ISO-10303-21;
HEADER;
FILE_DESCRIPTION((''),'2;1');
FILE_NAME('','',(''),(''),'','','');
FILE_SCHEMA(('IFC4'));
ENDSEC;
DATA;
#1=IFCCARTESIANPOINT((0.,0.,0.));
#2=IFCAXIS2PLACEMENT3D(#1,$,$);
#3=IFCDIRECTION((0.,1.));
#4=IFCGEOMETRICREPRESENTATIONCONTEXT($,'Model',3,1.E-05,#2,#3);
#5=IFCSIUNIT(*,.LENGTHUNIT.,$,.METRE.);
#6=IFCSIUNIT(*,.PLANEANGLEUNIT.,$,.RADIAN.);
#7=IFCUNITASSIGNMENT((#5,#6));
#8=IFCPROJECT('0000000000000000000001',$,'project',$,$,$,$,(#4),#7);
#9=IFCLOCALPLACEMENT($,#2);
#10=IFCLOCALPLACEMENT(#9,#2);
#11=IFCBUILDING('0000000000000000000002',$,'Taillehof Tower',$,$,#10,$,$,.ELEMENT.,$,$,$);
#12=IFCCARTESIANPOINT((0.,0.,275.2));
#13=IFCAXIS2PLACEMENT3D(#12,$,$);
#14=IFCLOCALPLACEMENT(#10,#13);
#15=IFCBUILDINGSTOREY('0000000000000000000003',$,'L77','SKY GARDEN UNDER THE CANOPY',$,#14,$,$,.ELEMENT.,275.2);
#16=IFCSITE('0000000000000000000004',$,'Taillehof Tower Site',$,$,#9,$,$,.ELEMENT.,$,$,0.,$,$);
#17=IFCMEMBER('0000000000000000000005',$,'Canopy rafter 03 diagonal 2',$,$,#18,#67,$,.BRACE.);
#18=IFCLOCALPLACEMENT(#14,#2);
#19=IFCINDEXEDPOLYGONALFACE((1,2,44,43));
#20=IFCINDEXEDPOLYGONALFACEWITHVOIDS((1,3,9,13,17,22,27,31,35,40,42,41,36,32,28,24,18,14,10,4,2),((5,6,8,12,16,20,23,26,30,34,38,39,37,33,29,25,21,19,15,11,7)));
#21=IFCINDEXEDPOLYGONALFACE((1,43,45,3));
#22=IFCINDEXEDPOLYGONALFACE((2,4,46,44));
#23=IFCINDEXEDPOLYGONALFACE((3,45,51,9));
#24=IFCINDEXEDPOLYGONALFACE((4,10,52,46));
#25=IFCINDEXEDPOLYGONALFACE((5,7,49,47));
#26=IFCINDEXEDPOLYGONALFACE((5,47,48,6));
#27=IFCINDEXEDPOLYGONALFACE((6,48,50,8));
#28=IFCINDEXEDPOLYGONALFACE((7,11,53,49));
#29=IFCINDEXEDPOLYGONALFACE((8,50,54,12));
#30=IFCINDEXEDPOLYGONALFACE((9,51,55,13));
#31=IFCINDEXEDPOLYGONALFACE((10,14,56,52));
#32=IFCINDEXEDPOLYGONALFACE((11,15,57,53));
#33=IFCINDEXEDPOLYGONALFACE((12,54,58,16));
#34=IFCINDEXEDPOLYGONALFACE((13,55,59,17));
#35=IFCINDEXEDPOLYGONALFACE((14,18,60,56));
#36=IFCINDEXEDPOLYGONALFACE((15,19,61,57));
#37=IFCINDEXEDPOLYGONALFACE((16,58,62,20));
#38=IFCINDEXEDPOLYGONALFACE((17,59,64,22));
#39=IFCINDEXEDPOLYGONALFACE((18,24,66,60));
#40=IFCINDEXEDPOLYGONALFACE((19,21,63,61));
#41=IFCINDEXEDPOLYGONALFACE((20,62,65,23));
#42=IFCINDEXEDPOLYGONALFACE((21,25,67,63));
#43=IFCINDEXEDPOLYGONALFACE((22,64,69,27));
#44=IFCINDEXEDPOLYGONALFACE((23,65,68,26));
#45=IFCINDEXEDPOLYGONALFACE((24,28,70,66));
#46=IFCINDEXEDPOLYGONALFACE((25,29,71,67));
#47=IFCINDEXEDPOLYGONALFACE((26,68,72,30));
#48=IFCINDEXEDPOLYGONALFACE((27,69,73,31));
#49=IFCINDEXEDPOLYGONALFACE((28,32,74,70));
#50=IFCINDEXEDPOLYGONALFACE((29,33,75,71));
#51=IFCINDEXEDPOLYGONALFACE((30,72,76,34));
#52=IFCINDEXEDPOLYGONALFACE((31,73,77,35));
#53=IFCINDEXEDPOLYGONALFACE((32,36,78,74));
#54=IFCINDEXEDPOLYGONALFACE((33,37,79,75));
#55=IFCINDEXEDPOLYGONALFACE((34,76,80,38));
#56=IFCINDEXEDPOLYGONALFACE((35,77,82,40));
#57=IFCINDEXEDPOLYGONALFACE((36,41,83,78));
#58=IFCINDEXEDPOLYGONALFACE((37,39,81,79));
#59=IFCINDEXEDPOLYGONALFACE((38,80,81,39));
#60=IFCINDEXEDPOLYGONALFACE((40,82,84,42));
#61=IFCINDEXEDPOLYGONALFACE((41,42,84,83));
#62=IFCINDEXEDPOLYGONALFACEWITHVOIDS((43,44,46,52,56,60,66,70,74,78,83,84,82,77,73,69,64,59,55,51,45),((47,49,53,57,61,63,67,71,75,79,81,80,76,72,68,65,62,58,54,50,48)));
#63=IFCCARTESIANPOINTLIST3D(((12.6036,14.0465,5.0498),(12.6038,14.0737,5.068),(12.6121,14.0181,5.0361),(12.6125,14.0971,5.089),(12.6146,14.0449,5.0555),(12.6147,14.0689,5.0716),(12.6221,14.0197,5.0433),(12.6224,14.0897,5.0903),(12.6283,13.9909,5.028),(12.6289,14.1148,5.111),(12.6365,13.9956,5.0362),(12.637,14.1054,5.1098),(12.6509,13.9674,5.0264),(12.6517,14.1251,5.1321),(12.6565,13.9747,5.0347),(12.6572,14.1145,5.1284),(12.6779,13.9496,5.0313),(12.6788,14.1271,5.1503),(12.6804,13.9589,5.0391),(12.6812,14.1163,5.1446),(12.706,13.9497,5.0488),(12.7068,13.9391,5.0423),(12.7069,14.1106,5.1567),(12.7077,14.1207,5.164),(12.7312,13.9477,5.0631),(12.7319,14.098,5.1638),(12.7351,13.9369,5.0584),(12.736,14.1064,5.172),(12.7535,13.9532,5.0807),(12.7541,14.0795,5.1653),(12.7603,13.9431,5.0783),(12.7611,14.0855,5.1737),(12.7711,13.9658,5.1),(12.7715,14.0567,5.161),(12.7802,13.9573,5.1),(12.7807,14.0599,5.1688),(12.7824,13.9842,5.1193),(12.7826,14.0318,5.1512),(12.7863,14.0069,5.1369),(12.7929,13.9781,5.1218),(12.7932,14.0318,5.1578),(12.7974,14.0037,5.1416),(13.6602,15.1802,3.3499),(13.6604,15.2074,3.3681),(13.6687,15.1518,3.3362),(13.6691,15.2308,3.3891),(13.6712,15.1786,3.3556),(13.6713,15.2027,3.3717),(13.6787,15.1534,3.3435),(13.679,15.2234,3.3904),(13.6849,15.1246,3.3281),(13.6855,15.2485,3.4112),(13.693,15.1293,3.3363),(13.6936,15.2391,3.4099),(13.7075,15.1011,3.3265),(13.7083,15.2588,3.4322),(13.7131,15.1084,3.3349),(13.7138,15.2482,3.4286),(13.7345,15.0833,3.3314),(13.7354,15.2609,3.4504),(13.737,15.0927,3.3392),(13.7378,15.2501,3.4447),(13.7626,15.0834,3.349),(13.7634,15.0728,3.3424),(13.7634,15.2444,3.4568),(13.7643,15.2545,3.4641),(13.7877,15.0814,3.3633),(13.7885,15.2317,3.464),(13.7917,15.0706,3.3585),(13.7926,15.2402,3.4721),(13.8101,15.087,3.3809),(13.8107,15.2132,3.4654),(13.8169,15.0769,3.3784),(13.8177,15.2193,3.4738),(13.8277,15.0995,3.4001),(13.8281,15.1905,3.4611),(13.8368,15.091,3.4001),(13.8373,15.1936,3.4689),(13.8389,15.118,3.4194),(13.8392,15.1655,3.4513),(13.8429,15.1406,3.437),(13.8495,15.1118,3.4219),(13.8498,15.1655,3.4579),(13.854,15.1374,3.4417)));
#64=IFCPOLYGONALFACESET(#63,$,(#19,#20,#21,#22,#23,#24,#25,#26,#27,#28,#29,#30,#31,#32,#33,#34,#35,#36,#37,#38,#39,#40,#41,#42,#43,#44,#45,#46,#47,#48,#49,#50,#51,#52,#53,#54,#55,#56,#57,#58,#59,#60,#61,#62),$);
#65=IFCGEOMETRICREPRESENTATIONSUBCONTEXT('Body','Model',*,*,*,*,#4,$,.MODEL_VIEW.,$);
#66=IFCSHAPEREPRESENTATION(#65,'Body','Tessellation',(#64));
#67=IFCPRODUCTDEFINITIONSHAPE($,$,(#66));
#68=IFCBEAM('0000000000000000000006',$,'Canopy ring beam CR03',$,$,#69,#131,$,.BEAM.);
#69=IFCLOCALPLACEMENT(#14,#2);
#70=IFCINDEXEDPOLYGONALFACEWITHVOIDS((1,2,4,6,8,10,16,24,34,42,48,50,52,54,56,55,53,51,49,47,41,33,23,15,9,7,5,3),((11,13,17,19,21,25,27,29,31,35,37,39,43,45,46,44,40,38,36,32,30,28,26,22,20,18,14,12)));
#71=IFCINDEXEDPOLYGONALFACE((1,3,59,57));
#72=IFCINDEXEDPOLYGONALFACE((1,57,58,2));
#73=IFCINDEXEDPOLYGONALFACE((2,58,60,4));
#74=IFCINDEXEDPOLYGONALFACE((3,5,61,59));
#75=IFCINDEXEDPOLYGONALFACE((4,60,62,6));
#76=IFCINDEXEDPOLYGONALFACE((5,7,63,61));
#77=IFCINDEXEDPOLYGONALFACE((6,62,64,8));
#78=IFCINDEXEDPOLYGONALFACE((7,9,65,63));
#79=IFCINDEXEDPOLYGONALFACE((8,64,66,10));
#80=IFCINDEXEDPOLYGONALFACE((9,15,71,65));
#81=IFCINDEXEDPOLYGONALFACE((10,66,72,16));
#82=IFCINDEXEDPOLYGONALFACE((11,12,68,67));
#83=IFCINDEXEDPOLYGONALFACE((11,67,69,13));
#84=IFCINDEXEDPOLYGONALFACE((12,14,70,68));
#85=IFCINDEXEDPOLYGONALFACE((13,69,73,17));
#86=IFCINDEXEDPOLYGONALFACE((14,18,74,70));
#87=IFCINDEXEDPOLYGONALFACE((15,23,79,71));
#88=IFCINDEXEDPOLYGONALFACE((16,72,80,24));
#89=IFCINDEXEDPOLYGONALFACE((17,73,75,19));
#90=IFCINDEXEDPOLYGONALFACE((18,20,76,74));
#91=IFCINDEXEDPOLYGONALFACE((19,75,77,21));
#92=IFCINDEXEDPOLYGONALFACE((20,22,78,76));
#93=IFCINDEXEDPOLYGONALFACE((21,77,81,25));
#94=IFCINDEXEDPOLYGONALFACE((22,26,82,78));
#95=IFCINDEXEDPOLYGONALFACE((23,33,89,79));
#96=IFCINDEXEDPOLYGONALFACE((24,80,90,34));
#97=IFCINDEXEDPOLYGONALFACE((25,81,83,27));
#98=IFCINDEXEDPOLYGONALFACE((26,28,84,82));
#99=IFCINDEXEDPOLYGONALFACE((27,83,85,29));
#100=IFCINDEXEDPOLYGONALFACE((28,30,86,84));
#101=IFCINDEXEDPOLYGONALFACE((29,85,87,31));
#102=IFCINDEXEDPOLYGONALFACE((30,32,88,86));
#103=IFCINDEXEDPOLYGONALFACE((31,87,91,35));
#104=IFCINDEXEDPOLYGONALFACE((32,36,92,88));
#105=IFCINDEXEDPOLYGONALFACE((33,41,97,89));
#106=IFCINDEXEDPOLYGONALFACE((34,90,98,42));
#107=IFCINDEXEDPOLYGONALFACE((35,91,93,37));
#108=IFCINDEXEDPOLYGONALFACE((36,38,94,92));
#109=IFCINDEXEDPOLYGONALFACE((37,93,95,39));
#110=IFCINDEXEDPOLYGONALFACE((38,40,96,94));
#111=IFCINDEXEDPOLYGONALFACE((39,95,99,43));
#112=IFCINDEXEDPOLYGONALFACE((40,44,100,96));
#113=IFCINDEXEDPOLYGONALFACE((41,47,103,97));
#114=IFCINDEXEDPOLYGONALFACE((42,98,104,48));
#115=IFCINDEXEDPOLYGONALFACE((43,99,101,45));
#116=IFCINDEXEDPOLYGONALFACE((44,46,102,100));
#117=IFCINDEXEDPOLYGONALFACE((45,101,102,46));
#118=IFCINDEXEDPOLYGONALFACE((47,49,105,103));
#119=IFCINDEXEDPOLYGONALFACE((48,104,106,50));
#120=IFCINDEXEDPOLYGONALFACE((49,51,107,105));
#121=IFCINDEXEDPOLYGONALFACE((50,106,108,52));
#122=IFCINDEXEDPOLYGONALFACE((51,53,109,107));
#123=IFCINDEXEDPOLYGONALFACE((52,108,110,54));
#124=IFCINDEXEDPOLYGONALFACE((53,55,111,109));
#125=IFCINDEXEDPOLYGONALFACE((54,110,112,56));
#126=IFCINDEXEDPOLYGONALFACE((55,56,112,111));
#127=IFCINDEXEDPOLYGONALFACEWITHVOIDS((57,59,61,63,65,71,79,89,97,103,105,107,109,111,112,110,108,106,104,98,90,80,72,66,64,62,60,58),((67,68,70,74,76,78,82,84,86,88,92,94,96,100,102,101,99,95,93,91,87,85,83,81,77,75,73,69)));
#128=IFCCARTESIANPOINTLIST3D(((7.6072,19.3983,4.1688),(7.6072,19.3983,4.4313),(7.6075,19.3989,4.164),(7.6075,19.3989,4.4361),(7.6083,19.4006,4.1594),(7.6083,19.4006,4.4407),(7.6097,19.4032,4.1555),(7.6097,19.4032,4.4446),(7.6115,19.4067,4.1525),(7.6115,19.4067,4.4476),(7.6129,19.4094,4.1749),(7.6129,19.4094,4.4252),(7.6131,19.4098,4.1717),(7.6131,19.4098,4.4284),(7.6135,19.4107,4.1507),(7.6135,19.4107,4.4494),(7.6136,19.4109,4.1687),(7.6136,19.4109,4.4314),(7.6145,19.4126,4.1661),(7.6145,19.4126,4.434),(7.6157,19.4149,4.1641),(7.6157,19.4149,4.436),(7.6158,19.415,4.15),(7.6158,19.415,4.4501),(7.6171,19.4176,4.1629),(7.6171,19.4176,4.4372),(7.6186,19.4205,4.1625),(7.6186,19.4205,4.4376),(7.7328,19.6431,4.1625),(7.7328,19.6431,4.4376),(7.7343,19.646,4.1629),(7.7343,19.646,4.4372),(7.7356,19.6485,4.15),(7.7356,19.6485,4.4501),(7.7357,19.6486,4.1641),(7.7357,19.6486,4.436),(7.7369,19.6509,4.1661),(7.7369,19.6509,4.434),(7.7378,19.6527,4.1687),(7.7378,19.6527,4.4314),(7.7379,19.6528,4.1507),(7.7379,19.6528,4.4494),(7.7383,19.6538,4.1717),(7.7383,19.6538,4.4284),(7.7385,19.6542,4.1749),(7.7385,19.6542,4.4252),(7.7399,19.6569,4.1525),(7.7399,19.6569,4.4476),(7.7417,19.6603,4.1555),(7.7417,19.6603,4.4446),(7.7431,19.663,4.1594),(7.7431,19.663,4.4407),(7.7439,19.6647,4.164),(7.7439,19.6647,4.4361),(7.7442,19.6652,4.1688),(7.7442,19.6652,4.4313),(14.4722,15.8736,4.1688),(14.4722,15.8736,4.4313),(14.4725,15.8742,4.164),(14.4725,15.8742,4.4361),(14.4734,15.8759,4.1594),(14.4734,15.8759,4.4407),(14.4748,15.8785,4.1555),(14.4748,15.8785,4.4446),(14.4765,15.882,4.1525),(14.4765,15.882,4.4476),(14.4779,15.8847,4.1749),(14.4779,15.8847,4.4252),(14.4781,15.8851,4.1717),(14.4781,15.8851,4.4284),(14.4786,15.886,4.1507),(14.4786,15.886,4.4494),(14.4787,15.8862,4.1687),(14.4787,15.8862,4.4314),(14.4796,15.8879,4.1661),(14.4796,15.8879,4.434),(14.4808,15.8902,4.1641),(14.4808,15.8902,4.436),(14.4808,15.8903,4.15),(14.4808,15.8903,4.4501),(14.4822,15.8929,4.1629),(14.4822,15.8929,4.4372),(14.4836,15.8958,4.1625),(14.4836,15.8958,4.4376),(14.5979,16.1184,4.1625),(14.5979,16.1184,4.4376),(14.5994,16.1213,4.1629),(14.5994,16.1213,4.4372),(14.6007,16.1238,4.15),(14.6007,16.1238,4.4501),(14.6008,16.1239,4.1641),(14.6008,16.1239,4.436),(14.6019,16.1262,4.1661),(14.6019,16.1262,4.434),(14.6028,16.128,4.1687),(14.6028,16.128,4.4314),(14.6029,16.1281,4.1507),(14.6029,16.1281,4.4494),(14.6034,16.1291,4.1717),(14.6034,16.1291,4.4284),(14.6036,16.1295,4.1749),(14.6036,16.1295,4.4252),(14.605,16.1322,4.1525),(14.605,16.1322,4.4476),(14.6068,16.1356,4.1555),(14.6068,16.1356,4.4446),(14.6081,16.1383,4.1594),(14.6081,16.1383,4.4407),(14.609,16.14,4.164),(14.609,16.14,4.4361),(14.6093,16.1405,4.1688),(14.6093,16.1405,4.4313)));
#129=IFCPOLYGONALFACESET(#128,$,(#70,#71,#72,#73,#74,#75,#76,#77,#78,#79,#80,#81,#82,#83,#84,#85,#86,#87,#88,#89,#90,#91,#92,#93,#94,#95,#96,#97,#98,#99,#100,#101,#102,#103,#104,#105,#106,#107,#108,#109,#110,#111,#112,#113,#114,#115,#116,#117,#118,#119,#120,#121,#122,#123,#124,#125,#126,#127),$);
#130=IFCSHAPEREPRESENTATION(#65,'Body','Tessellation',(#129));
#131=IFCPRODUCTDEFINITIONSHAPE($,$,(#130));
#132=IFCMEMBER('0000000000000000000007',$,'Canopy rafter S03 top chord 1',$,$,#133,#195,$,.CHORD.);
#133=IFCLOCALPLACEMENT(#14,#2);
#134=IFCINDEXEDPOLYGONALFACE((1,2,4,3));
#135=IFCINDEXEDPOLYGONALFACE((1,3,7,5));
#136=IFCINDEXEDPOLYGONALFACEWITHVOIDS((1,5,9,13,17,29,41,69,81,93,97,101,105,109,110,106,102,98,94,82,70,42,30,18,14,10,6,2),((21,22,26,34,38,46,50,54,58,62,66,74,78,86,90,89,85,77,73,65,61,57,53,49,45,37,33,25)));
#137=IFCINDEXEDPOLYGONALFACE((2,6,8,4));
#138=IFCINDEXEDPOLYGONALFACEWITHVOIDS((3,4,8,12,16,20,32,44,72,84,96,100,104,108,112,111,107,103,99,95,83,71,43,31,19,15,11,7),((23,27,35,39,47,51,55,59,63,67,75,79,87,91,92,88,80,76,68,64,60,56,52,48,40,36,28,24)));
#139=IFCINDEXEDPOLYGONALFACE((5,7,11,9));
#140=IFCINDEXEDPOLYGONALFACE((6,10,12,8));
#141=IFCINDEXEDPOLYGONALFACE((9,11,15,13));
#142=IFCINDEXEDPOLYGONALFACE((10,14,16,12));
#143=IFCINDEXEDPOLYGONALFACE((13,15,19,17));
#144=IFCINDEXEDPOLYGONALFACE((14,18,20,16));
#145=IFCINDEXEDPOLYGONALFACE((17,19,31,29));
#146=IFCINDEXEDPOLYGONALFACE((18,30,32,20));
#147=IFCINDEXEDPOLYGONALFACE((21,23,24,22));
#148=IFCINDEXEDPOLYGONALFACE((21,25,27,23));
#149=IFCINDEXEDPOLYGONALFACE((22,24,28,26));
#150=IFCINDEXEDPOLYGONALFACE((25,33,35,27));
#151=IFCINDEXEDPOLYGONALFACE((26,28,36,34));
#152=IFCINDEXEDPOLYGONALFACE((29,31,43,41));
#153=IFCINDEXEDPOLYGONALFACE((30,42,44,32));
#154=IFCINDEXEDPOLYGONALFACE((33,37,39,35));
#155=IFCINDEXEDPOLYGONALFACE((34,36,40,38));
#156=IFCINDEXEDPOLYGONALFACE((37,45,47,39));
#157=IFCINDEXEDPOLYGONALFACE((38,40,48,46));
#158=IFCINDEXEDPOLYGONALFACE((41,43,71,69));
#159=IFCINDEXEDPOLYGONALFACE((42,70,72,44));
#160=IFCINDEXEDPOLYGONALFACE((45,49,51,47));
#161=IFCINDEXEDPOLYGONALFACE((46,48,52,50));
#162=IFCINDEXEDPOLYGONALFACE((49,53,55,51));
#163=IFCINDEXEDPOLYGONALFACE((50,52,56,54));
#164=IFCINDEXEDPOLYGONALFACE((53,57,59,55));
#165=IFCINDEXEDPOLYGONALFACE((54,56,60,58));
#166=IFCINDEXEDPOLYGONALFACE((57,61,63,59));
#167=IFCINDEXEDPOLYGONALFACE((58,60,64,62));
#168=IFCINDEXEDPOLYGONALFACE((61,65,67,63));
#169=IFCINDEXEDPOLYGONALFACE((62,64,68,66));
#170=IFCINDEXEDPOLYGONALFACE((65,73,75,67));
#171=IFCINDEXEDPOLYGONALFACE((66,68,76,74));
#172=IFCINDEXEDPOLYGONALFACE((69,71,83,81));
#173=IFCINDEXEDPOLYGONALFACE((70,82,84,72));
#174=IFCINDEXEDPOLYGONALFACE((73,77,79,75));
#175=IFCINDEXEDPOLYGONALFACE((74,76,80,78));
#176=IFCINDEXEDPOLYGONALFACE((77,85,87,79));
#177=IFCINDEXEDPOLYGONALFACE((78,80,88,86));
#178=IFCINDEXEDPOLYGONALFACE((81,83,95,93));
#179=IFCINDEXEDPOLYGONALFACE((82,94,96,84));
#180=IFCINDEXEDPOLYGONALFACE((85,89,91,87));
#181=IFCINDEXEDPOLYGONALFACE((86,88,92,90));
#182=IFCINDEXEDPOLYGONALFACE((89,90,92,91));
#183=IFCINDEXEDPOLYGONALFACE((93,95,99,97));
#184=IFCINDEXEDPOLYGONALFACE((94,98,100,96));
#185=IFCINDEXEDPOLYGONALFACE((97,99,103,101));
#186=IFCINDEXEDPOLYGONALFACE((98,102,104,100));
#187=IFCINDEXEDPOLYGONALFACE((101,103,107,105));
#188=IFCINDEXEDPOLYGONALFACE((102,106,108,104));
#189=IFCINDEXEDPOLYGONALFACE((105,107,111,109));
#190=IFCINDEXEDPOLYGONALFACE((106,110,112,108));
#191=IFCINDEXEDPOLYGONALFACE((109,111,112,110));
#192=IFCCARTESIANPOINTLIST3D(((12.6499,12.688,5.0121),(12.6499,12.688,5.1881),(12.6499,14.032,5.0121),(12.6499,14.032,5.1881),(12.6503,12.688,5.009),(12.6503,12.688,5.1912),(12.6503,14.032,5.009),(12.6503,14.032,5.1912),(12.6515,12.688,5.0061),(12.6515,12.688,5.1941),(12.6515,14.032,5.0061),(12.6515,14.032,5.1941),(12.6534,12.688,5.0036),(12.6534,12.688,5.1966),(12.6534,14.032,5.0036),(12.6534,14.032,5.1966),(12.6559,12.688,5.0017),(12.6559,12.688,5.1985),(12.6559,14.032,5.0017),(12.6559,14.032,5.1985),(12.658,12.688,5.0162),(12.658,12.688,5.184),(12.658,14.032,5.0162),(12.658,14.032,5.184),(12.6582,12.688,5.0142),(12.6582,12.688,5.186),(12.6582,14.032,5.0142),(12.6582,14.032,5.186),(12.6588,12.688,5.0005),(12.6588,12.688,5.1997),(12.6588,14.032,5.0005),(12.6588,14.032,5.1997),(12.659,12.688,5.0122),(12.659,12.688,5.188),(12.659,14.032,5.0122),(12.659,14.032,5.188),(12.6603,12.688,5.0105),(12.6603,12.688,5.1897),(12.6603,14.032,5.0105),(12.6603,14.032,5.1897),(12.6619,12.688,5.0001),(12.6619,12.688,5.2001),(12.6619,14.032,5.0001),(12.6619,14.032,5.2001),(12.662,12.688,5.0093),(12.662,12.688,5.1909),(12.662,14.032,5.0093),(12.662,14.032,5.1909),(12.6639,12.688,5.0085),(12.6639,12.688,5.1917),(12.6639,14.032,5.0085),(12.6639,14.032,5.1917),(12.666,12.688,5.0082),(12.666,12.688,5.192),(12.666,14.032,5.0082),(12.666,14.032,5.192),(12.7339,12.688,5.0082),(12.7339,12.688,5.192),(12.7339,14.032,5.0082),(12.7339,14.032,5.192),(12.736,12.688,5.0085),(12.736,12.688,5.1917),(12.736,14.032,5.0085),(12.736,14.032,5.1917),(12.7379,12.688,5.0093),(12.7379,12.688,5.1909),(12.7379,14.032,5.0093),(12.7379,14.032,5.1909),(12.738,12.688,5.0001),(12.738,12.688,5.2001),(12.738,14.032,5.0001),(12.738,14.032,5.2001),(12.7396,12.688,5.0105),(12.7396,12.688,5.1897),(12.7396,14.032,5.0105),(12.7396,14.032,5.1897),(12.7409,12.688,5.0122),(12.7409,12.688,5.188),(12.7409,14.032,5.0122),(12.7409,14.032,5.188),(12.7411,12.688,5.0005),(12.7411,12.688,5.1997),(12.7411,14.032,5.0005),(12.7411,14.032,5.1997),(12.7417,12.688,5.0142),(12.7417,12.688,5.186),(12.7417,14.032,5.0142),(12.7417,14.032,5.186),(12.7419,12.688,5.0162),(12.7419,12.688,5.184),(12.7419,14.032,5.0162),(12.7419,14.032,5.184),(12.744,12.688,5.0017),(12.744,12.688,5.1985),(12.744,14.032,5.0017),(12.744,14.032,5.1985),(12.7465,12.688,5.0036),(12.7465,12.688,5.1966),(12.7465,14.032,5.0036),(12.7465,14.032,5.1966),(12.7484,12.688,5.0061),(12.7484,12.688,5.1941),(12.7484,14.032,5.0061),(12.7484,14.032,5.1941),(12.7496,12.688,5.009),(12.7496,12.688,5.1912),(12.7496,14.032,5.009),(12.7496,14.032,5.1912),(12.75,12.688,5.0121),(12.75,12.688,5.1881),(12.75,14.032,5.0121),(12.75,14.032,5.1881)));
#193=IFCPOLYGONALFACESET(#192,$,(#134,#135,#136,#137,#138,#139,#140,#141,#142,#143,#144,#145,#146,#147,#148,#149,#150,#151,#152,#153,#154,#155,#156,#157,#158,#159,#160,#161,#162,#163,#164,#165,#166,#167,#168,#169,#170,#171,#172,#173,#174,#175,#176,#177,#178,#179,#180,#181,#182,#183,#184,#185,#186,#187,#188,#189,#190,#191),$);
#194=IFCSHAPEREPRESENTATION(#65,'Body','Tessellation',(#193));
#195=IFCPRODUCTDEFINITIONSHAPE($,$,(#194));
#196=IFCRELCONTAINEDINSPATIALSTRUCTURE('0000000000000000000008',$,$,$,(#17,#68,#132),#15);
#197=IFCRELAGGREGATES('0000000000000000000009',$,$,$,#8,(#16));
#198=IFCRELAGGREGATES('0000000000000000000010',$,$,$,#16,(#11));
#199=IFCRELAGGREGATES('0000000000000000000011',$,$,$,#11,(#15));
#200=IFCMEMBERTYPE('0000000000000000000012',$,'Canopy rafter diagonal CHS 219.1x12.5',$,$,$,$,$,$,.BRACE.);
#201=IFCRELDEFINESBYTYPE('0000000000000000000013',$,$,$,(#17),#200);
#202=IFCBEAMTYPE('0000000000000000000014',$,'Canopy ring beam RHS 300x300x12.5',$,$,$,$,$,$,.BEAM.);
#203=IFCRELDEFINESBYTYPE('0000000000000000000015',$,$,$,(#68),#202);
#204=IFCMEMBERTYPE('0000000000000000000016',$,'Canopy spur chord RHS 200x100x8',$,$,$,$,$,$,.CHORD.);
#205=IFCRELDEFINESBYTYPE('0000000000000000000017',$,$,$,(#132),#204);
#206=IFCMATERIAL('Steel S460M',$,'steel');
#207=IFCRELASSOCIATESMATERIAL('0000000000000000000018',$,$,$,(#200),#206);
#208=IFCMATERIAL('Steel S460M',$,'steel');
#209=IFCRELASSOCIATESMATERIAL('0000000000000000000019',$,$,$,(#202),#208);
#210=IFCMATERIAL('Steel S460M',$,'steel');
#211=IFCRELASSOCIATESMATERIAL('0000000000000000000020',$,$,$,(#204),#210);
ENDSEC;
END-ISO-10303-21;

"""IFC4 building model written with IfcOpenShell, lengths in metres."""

from ifc_helpers import new_model, si_unit, direction, frame, origin, origin_2d, place, context, subcontext, project, spatial, hollow_rectangle, hollow_circle, extrude, material, material_profile, profile_set, type_object, element, save


model = new_model("IFC4")

# Units and contexts
model_context = context("Model", 3, precision=1e-05, world=origin(), true_north=direction((0.0, 1.0)))
body_context = subcontext(model_context, "Body", "Model", "MODEL_VIEW")
ifc_project = project(units=[si_unit("LENGTHUNIT", "METRE"), si_unit("PLANEANGLEUNIT", "RADIAN")], contexts=[model_context])

# Site, building, storey
site_placement = place(None, origin())
site = spatial("IfcSite", under=ifc_project, at=site_placement, Name="Taillehof Tower Site", CompositionType="ELEMENT", RefElevation=0.0)
building_placement = place(site_placement, origin())
building = spatial("IfcBuilding", under=site, at=building_placement, Name="Taillehof Tower", CompositionType="ELEMENT")
storey_placement = place(building_placement, frame((0.0, 0.0, 275.2)))
storey = spatial("IfcBuildingStorey", under=building, at=storey_placement, Name="L77", Description="SKY GARDEN UNDER THE CANOPY", CompositionType="ELEMENT", Elevation=275.2)

# Member
ifc_material_1 = material(Name="Steel S460M", Category="steel")
ifc_material_profile_1 = material_profile(ifc_material_1, hollow_circle(Radius=0.1096, WallThickness=0.0125, at=origin_2d()), Name="CHS 219.1x12.5")
ifc_profile_set_1 = profile_set([ifc_material_profile_1], Name="Steel S460M")
member_type_1 = type_object("IfcMemberType", Name="Canopy rafter diagonal CHS 219.1x12.5", PredefinedType="BRACE", material=ifc_profile_set_1)
member_1_placement = place(storey_placement, frame((13.7566, 15.1658, 3.4001), z_axis=(-0.459331, -0.492868, 0.738983), x_axis=(0.731558, -0.681779, 0.0)))
element("IfcMember", 1, at=member_1_placement, inside=storey, type_object=member_type_1, Name="Canopy rafter 03 diagonal 2", PredefinedType="BRACE", context=body_context, shape_type="SweptSolid", body=[
    extrude(hollow_circle(Radius=0.1096, WallThickness=0.0125, at=origin_2d()), origin(), (0.0, 0.0, 1.0), 2.3003),
])

# Beam
ifc_material_2 = material(Name="Steel S460M", Category="steel")
ifc_material_profile_2 = material_profile(ifc_material_2, hollow_rectangle(XDim=0.3, YDim=0.3, WallThickness=0.0125, InnerFilletRadius=0.0125, OuterFilletRadius=0.0188, at=origin_2d()), Name="RHS 300x300x12.5")
ifc_profile_set_2 = profile_set([ifc_material_profile_2], Name="Steel S460M")
beam_type_1 = type_object("IfcBeamType", Name="Canopy ring beam RHS 300x300x12.5", PredefinedType="BEAM", material=ifc_profile_set_2)
beam_1_placement = place(storey_placement, frame((14.5408, 16.0071, 4.3), z_axis=(-0.889599, 0.456742, 0.0), x_axis=(-0.456742, -0.889599, 0.0)))
element("IfcBeam", 2, at=beam_1_placement, inside=storey, type_object=beam_type_1, Name="Canopy ring beam CR03", PredefinedType="BEAM", context=body_context, shape_type="SweptSolid", body=[
    extrude(hollow_rectangle(XDim=0.3, YDim=0.3, WallThickness=0.0125, InnerFilletRadius=0.0125, OuterFilletRadius=0.0188, at=origin_2d()), origin(), (0.0, 0.0, 1.0), 7.717),
])

# Member
ifc_material_3 = material(Name="Steel S460M", Category="steel")
ifc_material_profile_3 = material_profile(ifc_material_3, hollow_rectangle(XDim=0.1001, YDim=0.2, WallThickness=0.0081, InnerFilletRadius=0.0081, OuterFilletRadius=0.012, at=origin_2d()), Name="RHS 200x100x8")
ifc_profile_set_3 = profile_set([ifc_material_profile_3], Name="Steel S460M")
member_type_2 = type_object("IfcMemberType", Name="Canopy spur chord RHS 200x100x8", PredefinedType="CHORD", material=ifc_profile_set_3)
for number, where, z_axis, x_axis, name in (
    (3, (12.7, 14.032, 5.1001), (0.0, -1.0, 0.0), (1.0, 0.0, 0.0), "Canopy rafter S03 top chord 1"),
):
    element("IfcMember", number, at=place(storey_placement, frame(where, z_axis=z_axis, x_axis=x_axis)), inside=storey, type_object=member_type_2, Name=name, PredefinedType="CHORD", context=body_context, shape_type="SweptSolid", body=[
        extrude(hollow_rectangle(XDim=0.1001, YDim=0.2, WallThickness=0.0081, InnerFilletRadius=0.0081, OuterFilletRadius=0.012, at=origin_2d()), origin(), (0.0, 0.0, 1.0), 1.344),
    ])

save(model, "model.ifc")
